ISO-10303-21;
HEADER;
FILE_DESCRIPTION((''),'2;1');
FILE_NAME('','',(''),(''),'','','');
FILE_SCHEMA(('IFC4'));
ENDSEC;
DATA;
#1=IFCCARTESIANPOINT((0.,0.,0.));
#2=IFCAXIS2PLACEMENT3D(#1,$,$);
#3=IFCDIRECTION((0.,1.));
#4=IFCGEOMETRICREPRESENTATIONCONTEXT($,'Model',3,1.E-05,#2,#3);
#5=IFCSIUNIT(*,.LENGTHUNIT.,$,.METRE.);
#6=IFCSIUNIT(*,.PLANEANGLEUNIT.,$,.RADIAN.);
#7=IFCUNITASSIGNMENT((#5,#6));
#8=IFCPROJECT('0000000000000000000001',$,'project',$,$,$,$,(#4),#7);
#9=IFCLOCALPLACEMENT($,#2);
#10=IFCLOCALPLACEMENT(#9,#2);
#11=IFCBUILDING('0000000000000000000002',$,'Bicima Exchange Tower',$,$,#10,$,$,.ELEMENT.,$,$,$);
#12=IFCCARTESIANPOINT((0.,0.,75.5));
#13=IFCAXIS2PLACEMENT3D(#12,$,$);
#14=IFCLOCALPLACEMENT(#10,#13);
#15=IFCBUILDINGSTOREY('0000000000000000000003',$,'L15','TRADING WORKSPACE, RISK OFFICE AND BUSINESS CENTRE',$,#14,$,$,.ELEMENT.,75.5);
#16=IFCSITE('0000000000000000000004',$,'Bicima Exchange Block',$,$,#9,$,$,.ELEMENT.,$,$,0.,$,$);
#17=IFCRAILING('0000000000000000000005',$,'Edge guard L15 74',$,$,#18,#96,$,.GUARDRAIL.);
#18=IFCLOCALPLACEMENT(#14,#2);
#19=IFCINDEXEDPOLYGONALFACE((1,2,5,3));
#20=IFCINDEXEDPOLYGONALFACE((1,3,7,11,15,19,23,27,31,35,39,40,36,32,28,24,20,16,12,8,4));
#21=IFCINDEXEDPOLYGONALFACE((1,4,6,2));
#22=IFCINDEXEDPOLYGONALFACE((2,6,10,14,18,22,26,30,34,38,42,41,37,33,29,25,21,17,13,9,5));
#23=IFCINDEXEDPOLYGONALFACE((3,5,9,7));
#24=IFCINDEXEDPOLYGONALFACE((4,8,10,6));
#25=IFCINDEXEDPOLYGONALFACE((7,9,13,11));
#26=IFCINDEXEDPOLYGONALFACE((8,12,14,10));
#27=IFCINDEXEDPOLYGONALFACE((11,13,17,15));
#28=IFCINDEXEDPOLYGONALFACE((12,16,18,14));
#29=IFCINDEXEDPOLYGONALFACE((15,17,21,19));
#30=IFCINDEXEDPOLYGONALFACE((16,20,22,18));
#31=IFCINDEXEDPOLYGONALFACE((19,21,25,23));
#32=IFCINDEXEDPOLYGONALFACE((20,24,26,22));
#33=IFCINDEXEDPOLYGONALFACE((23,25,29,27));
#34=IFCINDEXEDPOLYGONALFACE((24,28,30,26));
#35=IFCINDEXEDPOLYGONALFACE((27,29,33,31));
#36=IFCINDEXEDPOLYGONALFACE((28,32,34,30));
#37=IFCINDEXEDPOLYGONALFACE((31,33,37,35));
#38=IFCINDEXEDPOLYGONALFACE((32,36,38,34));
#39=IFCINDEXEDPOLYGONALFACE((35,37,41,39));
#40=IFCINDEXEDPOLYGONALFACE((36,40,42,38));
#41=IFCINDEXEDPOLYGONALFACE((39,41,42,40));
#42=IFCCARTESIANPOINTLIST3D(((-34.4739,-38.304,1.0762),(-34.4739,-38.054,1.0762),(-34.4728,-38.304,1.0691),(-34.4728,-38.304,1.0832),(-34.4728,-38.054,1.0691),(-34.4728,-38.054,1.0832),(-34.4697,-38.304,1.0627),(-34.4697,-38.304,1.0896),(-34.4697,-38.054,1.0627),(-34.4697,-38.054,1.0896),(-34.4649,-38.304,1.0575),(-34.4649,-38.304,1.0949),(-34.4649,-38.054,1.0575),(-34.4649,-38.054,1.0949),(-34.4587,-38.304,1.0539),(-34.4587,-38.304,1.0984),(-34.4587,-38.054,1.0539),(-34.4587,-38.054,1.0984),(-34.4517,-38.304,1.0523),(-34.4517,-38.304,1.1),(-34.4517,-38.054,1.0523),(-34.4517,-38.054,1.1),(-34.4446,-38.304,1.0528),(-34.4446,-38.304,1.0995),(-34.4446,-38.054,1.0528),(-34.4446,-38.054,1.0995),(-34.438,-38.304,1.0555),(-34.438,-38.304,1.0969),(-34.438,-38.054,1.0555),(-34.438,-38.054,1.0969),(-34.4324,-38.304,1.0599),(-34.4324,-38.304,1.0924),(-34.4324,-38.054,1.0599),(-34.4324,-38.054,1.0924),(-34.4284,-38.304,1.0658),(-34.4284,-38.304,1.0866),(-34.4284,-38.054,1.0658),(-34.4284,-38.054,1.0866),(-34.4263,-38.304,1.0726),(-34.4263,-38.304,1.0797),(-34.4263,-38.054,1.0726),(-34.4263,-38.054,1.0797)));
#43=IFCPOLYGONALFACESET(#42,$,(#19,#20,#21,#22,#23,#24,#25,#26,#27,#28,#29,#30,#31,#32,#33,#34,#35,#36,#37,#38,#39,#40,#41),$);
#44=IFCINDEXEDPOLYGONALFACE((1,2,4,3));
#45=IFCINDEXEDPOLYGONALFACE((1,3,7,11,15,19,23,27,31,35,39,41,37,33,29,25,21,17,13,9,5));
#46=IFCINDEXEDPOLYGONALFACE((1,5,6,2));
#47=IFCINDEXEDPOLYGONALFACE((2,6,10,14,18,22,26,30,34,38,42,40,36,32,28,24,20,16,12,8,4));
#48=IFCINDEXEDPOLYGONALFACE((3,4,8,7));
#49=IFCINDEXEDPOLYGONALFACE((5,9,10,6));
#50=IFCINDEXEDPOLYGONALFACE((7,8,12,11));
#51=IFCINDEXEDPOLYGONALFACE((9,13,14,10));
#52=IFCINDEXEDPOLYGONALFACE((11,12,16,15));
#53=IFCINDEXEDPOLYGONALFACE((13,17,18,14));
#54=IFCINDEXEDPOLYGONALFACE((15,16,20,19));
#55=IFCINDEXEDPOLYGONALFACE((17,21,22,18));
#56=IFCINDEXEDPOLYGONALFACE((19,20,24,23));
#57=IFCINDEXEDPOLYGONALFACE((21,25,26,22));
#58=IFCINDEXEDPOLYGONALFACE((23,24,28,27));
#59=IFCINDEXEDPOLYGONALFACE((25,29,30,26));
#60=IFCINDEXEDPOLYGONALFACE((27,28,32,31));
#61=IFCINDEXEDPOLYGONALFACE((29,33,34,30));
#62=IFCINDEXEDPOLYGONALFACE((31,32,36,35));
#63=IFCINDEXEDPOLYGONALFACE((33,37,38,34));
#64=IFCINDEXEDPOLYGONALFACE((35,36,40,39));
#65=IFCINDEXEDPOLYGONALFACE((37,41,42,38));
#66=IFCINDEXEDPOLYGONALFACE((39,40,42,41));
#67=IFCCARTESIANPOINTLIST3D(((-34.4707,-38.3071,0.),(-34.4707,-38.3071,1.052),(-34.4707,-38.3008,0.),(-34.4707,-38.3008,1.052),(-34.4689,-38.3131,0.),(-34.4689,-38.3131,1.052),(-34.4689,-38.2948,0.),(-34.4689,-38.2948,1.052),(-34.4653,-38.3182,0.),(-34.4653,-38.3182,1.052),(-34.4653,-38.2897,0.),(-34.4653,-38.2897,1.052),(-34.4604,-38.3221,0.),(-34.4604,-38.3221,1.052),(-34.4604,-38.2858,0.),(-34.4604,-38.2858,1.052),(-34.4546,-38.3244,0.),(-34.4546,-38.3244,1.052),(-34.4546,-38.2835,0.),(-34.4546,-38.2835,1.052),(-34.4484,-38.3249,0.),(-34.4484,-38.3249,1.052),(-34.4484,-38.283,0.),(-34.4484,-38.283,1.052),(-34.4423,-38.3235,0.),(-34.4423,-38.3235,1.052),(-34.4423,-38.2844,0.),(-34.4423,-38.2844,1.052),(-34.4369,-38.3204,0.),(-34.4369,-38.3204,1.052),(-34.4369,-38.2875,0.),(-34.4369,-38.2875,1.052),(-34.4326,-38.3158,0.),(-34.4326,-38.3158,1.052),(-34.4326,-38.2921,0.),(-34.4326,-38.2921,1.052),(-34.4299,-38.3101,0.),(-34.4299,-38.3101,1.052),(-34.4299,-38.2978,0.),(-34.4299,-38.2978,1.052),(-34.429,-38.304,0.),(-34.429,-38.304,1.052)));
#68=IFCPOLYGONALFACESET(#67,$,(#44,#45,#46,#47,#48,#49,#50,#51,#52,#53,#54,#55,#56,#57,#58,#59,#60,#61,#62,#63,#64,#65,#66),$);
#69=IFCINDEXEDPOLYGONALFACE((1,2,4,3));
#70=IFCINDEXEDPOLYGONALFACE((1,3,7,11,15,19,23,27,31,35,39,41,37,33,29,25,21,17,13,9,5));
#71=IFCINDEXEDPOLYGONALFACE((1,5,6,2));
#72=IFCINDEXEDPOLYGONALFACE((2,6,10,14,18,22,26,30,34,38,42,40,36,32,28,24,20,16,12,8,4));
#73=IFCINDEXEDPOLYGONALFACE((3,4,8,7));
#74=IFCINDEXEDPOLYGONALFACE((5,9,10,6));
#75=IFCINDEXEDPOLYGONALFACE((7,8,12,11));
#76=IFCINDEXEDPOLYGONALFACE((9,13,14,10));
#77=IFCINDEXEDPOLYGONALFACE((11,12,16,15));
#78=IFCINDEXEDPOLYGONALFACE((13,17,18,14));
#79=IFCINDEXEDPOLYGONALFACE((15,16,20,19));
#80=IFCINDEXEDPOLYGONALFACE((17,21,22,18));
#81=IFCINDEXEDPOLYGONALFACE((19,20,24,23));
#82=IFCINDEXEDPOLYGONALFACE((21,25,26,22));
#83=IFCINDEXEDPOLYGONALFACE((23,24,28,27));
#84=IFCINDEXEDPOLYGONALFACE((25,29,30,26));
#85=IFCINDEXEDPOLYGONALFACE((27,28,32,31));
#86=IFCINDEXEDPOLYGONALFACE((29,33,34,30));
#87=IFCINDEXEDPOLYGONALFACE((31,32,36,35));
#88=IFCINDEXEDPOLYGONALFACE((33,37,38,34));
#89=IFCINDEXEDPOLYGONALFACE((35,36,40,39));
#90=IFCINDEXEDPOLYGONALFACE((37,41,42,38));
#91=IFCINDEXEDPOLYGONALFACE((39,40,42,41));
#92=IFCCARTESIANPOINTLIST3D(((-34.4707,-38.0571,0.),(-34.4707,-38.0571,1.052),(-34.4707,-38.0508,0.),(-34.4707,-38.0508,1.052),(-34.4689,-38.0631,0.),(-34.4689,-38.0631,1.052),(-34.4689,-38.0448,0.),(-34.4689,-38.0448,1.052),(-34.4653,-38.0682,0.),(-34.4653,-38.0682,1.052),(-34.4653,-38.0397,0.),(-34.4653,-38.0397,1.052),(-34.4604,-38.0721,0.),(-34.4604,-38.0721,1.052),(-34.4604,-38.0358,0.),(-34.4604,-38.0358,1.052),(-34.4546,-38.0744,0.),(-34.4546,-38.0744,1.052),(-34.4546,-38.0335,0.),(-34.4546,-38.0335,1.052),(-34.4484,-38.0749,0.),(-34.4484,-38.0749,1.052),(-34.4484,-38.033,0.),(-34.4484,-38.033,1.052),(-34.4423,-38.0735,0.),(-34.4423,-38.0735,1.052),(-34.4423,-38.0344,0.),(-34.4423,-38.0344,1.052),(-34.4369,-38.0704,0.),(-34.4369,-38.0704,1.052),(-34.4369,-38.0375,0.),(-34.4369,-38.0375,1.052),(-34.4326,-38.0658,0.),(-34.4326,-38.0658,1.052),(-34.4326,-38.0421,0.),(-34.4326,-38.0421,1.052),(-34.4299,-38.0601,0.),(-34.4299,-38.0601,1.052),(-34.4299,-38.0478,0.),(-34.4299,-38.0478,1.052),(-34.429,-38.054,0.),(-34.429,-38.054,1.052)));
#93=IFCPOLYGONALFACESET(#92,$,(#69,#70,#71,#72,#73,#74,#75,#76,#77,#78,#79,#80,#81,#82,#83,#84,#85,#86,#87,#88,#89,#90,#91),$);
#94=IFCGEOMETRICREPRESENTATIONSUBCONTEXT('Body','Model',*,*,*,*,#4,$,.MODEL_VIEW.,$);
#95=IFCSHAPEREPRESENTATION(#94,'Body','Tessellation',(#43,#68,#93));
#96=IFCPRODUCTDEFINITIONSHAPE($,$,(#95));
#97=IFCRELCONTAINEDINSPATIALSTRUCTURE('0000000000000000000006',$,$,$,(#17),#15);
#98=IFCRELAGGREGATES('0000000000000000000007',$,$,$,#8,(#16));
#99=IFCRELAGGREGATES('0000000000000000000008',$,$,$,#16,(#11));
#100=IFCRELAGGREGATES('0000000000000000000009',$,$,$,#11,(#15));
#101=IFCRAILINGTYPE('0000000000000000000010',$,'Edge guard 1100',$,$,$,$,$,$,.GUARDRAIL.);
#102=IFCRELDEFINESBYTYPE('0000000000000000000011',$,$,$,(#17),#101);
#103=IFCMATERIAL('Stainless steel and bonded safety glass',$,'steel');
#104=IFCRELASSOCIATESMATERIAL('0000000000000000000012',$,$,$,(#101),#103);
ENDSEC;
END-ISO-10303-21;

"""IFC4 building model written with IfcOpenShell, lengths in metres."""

from ifc_helpers import new_model, si_unit, direction, frame, origin, origin_2d, place, context, subcontext, project, spatial, circle, extrude, material, type_object, element, save


model = new_model("IFC4")

# Units and contexts
model_context = context("Model", 3, precision=1e-05, world=origin(), true_north=direction((0.0, 1.0)))
body_context = subcontext(model_context, "Body", "Model", "MODEL_VIEW")
ifc_project = project(units=[si_unit("LENGTHUNIT", "METRE"), si_unit("PLANEANGLEUNIT", "RADIAN")], contexts=[model_context])

# Site, building, storey
site_placement = place(None, origin())
site = spatial("IfcSite", under=ifc_project, at=site_placement, Name="Bicima Exchange Block", CompositionType="ELEMENT", RefElevation=0.0)
building_placement = place(site_placement, origin())
building = spatial("IfcBuilding", under=site, at=building_placement, Name="Bicima Exchange Tower", CompositionType="ELEMENT")
storey_placement = place(building_placement, frame((0.0, 0.0, 75.5)))
storey = spatial("IfcBuildingStorey", under=building, at=storey_placement, Name="L15", Description="TRADING WORKSPACE, RISK OFFICE AND BUSINESS CENTRE", CompositionType="ELEMENT", Elevation=75.5)

# Railing
ifc_material_1 = material(Name="Stainless steel and bonded safety glass", Category="steel")
railing_type = type_object("IfcRailingType", Name="Edge guard 1100", PredefinedType="GUARDRAIL", material=ifc_material_1)
railing_1_placement = place(storey_placement, frame((-34.45, -38.304, 0.0)))
element("IfcRailing", 1, at=railing_1_placement, inside=storey, type_object=railing_type, Name="Edge guard L15 74", PredefinedType="GUARDRAIL", context=body_context, shape_type="SweptSolid", body=[
    extrude(circle(Radius=0.0239, at=origin_2d()), frame((0.0, 0.0, 1.0762), z_axis=(0.0, 1.0, 0.0), x_axis=(-1.0, 0.0, 0.0)), (0.0, 0.0, 1.0), 0.25),
    extrude(circle(Radius=0.021, at=origin_2d()), origin(), (0.0, 0.0, 1.0), 1.052),
    extrude(circle(Radius=0.021, at=origin_2d()), frame((0.0, 0.25, 0.0)), (0.0, 0.0, 1.0), 1.052),
])

save(model, "model.ifc")
